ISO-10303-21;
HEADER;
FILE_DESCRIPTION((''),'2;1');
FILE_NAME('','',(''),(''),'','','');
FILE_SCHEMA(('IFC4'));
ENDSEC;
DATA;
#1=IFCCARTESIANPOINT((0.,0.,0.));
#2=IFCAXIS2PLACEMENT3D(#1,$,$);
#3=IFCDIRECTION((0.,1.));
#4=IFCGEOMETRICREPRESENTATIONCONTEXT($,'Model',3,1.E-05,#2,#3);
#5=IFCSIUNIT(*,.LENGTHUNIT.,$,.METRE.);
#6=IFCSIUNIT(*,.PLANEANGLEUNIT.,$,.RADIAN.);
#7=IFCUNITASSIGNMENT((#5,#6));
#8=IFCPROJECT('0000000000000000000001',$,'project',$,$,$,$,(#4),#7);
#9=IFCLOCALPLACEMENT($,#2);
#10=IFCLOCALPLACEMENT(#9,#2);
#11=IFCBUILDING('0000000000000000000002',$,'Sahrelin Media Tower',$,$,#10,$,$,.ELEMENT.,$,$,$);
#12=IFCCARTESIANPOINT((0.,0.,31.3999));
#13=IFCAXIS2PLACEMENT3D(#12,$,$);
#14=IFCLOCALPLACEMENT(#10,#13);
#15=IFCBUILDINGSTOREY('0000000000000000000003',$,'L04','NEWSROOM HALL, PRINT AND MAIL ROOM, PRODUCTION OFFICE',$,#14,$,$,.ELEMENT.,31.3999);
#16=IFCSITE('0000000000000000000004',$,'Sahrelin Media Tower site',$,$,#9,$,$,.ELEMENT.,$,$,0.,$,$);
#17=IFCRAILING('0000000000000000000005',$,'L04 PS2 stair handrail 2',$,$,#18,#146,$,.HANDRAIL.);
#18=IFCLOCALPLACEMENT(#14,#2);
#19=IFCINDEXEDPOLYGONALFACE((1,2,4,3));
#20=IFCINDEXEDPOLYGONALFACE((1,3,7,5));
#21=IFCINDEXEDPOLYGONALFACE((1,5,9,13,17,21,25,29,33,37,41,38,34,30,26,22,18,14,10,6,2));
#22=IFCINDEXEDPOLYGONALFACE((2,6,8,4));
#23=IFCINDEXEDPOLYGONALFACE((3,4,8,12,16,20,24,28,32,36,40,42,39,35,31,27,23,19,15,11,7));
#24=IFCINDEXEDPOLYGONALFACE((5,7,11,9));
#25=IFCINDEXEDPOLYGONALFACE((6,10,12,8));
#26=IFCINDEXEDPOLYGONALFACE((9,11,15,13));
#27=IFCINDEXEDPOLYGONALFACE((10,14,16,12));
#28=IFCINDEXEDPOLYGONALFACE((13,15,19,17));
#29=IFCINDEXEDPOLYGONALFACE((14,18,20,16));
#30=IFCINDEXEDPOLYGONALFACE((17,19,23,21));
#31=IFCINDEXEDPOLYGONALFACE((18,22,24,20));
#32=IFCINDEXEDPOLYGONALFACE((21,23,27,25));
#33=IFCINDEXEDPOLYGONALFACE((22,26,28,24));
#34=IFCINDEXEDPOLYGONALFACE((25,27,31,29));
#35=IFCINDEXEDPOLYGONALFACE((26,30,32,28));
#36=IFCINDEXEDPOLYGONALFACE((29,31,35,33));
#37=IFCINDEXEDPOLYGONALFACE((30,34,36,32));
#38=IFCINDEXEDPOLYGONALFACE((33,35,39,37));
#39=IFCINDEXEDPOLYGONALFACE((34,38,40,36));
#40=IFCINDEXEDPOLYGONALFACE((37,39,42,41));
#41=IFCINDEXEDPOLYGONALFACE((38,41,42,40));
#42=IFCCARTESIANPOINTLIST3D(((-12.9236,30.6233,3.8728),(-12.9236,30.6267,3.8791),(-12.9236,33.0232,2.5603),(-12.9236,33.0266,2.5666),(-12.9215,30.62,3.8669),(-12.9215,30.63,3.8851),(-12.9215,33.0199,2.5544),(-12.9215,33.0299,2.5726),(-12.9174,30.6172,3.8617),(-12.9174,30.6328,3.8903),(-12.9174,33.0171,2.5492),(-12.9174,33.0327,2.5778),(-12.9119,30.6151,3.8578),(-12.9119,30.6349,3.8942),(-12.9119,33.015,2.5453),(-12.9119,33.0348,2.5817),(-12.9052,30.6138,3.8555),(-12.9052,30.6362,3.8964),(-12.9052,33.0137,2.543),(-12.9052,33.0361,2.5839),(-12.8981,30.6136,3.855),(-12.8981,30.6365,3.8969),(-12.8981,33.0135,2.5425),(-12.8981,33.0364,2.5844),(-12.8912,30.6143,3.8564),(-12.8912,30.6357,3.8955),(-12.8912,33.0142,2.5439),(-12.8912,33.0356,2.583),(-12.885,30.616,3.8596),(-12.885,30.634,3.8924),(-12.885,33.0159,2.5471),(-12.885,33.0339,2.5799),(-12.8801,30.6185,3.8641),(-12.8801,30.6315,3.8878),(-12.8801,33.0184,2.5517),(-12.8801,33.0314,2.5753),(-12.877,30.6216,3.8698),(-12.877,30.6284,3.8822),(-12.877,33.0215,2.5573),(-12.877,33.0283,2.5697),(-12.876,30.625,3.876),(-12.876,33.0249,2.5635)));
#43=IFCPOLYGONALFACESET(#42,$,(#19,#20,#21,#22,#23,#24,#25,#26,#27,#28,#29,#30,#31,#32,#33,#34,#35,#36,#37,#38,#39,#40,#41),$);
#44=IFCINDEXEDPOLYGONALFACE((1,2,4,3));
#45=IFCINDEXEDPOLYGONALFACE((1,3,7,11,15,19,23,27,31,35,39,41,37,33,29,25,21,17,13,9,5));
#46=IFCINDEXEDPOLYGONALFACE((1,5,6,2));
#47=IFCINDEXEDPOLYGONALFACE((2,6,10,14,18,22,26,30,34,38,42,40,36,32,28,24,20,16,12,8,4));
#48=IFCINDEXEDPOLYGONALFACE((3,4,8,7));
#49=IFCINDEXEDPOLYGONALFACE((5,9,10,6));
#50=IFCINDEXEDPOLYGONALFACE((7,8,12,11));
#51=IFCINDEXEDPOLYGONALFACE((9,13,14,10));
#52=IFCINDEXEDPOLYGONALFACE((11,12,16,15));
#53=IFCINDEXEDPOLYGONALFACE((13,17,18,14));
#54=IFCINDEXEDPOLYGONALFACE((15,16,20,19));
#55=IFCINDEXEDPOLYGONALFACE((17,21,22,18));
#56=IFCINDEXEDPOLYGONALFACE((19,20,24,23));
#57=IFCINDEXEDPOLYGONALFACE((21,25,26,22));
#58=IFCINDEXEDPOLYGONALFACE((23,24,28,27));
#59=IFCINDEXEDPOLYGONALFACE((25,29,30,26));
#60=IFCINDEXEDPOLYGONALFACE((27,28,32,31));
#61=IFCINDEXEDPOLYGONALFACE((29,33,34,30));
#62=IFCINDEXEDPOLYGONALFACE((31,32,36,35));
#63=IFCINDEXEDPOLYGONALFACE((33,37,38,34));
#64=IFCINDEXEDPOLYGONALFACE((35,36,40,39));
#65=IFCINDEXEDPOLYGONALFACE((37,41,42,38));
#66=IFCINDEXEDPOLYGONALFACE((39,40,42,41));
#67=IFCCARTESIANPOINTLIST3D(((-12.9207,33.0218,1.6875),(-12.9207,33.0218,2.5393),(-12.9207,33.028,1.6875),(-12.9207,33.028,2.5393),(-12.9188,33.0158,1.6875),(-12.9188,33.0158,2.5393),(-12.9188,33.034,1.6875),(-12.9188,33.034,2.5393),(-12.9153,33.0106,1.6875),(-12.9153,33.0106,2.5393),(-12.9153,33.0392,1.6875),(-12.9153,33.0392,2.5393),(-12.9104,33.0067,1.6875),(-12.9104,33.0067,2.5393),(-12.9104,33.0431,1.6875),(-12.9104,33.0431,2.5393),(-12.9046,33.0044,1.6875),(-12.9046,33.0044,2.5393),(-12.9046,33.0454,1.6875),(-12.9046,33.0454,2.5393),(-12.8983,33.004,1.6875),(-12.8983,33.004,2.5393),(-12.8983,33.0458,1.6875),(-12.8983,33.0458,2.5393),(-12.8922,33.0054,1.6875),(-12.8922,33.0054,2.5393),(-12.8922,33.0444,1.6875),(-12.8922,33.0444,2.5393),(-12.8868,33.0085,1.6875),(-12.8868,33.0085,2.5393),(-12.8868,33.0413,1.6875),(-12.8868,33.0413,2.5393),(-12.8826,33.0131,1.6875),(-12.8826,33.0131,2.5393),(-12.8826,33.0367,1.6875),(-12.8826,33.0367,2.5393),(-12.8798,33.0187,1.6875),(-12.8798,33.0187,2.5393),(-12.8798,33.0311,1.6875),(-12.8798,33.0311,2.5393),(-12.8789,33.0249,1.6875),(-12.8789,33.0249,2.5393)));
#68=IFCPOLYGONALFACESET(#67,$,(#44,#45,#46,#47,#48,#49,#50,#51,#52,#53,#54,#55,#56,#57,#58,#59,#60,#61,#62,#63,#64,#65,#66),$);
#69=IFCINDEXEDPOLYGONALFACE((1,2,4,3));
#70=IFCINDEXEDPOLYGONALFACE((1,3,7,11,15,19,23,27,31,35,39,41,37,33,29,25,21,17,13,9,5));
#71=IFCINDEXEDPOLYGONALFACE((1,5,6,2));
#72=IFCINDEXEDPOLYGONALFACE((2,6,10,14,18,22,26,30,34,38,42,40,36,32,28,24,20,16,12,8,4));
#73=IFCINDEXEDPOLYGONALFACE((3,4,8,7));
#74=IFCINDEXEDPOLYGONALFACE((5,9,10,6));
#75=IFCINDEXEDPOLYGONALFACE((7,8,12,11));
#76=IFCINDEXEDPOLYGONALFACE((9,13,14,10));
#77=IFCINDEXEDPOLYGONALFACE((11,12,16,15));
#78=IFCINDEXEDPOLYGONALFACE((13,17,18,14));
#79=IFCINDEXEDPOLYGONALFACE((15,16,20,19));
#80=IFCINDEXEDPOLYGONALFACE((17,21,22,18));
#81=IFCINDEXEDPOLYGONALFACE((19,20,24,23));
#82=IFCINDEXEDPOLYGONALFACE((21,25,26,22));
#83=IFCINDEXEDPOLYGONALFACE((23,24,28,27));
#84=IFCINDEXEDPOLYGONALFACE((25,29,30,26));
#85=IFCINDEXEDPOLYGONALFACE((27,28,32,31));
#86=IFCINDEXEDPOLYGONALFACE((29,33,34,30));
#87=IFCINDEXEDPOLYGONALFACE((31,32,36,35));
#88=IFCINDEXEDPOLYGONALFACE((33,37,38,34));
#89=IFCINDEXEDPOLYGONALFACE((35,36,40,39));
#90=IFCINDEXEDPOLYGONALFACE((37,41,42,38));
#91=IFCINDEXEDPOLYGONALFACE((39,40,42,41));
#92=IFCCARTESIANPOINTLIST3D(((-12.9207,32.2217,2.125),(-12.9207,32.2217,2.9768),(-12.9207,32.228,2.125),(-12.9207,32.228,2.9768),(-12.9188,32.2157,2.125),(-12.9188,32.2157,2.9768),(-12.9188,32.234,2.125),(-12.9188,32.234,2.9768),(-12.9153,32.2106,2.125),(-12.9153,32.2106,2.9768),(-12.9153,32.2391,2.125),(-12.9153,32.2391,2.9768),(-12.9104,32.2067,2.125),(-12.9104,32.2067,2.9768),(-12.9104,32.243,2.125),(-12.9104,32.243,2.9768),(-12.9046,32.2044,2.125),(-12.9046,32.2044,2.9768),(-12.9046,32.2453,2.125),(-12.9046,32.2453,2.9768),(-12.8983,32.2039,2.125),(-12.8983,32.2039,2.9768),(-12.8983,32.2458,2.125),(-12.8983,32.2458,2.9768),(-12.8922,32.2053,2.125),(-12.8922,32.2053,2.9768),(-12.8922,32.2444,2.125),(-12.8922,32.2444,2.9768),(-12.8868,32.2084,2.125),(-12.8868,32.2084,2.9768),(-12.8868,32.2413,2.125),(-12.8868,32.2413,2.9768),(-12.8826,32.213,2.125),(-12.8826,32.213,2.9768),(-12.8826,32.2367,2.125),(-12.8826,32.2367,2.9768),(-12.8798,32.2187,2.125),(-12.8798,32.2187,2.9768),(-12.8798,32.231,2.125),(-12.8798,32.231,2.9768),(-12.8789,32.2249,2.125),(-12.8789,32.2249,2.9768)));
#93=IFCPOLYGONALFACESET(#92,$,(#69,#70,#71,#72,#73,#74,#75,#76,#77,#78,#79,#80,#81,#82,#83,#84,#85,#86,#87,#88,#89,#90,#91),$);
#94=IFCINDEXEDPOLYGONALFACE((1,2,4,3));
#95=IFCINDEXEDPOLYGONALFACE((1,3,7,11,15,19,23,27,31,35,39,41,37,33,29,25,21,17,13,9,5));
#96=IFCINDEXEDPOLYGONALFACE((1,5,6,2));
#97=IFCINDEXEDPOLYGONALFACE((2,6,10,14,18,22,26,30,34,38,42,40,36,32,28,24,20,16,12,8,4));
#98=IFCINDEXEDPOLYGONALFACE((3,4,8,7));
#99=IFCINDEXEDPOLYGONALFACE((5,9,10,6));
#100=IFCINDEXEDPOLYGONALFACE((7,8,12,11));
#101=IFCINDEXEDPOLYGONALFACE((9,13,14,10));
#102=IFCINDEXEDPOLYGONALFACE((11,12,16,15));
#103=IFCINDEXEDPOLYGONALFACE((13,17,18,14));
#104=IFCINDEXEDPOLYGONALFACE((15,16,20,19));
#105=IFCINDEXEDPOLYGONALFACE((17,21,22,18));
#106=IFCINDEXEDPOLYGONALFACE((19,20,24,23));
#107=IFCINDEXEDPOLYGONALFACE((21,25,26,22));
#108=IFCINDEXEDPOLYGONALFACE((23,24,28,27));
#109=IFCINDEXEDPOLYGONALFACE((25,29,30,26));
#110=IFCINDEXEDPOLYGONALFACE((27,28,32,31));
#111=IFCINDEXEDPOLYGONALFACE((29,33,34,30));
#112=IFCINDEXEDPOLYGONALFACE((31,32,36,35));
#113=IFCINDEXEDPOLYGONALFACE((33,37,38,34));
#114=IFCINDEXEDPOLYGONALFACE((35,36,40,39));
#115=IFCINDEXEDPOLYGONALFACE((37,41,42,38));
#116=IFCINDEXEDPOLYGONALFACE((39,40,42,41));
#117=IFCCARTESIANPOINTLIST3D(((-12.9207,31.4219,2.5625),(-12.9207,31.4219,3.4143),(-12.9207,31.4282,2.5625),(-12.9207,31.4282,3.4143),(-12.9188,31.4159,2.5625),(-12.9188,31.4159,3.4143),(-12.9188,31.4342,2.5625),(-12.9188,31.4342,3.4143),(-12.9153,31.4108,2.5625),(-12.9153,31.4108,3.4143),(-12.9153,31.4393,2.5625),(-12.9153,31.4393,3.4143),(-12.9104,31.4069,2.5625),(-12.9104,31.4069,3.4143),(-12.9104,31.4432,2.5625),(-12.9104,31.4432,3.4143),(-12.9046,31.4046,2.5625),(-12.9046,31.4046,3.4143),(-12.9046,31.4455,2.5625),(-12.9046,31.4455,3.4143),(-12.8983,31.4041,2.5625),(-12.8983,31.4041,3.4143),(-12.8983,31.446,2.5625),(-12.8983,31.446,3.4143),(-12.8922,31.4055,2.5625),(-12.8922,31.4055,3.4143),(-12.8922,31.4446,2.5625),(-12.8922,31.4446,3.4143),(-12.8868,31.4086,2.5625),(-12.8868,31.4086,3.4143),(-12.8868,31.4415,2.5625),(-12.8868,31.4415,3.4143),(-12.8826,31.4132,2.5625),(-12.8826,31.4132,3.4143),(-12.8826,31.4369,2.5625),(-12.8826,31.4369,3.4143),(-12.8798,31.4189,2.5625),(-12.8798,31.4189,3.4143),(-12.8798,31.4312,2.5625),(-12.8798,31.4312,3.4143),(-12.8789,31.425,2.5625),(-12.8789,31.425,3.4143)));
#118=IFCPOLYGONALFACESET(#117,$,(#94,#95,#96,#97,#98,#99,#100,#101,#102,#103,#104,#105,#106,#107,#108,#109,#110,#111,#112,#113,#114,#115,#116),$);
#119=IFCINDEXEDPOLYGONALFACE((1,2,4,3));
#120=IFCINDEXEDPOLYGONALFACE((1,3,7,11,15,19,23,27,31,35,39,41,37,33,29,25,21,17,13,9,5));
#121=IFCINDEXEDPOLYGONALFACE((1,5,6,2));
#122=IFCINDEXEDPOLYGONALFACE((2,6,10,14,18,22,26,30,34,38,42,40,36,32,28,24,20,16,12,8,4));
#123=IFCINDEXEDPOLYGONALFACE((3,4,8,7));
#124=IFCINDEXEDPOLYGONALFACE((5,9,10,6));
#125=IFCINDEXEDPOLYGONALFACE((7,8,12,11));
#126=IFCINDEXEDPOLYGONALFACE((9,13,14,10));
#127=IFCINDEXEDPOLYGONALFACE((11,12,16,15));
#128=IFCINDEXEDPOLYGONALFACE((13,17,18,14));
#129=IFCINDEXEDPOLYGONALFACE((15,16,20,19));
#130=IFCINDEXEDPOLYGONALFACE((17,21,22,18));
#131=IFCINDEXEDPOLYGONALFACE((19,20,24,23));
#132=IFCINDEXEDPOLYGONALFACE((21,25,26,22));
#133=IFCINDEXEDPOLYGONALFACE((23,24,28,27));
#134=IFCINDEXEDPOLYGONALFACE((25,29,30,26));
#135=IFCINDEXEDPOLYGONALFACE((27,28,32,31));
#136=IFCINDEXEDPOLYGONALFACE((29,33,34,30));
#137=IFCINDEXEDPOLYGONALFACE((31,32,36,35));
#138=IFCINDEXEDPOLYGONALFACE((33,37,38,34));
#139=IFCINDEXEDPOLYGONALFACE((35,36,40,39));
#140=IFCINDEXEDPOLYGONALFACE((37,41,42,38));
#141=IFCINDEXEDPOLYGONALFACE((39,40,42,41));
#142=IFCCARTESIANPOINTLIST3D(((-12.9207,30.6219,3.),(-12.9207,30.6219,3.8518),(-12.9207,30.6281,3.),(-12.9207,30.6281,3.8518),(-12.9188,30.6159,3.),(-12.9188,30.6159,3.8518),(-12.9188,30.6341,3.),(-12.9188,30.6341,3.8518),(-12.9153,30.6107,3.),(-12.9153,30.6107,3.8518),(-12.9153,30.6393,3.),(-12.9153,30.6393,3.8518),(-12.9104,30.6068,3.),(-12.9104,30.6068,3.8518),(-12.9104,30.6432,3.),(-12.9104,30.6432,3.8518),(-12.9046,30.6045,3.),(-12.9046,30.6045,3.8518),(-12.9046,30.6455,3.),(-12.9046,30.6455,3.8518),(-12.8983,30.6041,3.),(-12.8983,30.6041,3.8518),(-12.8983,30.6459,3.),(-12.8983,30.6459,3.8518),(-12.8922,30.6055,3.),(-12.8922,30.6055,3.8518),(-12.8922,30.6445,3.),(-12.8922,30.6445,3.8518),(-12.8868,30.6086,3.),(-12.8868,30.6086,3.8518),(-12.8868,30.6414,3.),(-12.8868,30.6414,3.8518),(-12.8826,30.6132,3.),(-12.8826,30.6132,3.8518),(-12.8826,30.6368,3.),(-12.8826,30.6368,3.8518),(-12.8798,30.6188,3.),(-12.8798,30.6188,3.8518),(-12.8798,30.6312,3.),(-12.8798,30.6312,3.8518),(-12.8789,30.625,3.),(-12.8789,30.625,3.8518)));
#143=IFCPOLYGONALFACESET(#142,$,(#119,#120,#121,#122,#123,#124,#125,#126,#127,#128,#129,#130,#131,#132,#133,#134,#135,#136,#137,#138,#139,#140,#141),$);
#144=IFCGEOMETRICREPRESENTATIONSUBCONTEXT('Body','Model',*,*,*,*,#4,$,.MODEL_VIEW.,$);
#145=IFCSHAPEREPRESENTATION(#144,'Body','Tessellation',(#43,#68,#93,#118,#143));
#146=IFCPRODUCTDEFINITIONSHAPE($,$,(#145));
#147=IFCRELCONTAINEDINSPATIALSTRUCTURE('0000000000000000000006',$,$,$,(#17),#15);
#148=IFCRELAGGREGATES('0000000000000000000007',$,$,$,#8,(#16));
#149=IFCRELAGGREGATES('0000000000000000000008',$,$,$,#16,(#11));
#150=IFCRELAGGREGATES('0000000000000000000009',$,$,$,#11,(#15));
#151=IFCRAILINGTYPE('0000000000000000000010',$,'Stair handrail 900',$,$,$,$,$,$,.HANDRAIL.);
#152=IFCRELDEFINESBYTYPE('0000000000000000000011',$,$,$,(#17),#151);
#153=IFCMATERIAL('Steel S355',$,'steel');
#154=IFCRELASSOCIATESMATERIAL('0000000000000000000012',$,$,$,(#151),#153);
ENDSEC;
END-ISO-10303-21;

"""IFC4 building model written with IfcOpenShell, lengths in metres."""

from ifc_helpers import new_model, si_unit, direction, frame, origin, origin_2d, place, context, subcontext, project, spatial, circle, extrude, material, type_object, element, save


model = new_model("IFC4")

# Units and contexts
model_context = context("Model", 3, precision=1e-05, world=origin(), true_north=direction((0.0, 1.0)))
body_context = subcontext(model_context, "Body", "Model", "MODEL_VIEW")
ifc_project = project(units=[si_unit("LENGTHUNIT", "METRE"), si_unit("PLANEANGLEUNIT", "RADIAN")], contexts=[model_context])

# Site, building, storey
site_placement = place(None, origin())
site = spatial("IfcSite", under=ifc_project, at=site_placement, Name="Sahrelin Media Tower site", CompositionType="ELEMENT", RefElevation=0.0)
building_placement = place(site_placement, origin())
building = spatial("IfcBuilding", under=site, at=building_placement, Name="Sahrelin Media Tower", CompositionType="ELEMENT")
storey_placement = place(building_placement, frame((0.0, 0.0, 31.3999)))
storey = spatial("IfcBuildingStorey", under=building, at=storey_placement, Name="L04", Description="NEWSROOM HALL, PRINT AND MAIL ROOM, PRODUCTION OFFICE", CompositionType="ELEMENT", Elevation=31.3999)

# Shared definitions
ifc_material_1 = material(Name="Steel S355", Category="steel")

# Railing
railing_type_1 = type_object("IfcRailingType", Name="Stair handrail 900", PredefinedType="HANDRAIL", material=ifc_material_1)
for number, where, name in (
    (1, (-12.8999, 33.0249, 1.6875), "L04 PS2 stair handrail 2"),
):
    element("IfcRailing", number, at=place(storey_placement, frame(where)), inside=storey, type_object=railing_type_1, Name=name, PredefinedType="HANDRAIL", context=body_context, shape_type="SweptSolid", body=[
        extrude(circle(Radius=0.0239, at=origin_2d()), frame((0.0, 0.0, 0.876), z_axis=(0.0, -0.877363, 0.479827), x_axis=(1.0, 0.0, 0.0)), (0.0, 0.0, 1.0), 2.7354),
        extrude(circle(Radius=0.021, at=origin_2d()), origin(), (0.0, 0.0, 1.0), 0.8518),
        extrude(circle(Radius=0.021, at=origin_2d()), frame((0.0, -0.8, 0.4375)), (0.0, 0.0, 1.0), 0.8518),
        extrude(circle(Radius=0.021, at=origin_2d()), frame((0.0, -1.5999, 0.875)), (0.0, 0.0, 1.0), 0.8518),
        extrude(circle(Radius=0.021, at=origin_2d()), frame((0.0, -2.3999, 1.3125)), (0.0, 0.0, 1.0), 0.8518),
    ])

save(model, "model.ifc")
